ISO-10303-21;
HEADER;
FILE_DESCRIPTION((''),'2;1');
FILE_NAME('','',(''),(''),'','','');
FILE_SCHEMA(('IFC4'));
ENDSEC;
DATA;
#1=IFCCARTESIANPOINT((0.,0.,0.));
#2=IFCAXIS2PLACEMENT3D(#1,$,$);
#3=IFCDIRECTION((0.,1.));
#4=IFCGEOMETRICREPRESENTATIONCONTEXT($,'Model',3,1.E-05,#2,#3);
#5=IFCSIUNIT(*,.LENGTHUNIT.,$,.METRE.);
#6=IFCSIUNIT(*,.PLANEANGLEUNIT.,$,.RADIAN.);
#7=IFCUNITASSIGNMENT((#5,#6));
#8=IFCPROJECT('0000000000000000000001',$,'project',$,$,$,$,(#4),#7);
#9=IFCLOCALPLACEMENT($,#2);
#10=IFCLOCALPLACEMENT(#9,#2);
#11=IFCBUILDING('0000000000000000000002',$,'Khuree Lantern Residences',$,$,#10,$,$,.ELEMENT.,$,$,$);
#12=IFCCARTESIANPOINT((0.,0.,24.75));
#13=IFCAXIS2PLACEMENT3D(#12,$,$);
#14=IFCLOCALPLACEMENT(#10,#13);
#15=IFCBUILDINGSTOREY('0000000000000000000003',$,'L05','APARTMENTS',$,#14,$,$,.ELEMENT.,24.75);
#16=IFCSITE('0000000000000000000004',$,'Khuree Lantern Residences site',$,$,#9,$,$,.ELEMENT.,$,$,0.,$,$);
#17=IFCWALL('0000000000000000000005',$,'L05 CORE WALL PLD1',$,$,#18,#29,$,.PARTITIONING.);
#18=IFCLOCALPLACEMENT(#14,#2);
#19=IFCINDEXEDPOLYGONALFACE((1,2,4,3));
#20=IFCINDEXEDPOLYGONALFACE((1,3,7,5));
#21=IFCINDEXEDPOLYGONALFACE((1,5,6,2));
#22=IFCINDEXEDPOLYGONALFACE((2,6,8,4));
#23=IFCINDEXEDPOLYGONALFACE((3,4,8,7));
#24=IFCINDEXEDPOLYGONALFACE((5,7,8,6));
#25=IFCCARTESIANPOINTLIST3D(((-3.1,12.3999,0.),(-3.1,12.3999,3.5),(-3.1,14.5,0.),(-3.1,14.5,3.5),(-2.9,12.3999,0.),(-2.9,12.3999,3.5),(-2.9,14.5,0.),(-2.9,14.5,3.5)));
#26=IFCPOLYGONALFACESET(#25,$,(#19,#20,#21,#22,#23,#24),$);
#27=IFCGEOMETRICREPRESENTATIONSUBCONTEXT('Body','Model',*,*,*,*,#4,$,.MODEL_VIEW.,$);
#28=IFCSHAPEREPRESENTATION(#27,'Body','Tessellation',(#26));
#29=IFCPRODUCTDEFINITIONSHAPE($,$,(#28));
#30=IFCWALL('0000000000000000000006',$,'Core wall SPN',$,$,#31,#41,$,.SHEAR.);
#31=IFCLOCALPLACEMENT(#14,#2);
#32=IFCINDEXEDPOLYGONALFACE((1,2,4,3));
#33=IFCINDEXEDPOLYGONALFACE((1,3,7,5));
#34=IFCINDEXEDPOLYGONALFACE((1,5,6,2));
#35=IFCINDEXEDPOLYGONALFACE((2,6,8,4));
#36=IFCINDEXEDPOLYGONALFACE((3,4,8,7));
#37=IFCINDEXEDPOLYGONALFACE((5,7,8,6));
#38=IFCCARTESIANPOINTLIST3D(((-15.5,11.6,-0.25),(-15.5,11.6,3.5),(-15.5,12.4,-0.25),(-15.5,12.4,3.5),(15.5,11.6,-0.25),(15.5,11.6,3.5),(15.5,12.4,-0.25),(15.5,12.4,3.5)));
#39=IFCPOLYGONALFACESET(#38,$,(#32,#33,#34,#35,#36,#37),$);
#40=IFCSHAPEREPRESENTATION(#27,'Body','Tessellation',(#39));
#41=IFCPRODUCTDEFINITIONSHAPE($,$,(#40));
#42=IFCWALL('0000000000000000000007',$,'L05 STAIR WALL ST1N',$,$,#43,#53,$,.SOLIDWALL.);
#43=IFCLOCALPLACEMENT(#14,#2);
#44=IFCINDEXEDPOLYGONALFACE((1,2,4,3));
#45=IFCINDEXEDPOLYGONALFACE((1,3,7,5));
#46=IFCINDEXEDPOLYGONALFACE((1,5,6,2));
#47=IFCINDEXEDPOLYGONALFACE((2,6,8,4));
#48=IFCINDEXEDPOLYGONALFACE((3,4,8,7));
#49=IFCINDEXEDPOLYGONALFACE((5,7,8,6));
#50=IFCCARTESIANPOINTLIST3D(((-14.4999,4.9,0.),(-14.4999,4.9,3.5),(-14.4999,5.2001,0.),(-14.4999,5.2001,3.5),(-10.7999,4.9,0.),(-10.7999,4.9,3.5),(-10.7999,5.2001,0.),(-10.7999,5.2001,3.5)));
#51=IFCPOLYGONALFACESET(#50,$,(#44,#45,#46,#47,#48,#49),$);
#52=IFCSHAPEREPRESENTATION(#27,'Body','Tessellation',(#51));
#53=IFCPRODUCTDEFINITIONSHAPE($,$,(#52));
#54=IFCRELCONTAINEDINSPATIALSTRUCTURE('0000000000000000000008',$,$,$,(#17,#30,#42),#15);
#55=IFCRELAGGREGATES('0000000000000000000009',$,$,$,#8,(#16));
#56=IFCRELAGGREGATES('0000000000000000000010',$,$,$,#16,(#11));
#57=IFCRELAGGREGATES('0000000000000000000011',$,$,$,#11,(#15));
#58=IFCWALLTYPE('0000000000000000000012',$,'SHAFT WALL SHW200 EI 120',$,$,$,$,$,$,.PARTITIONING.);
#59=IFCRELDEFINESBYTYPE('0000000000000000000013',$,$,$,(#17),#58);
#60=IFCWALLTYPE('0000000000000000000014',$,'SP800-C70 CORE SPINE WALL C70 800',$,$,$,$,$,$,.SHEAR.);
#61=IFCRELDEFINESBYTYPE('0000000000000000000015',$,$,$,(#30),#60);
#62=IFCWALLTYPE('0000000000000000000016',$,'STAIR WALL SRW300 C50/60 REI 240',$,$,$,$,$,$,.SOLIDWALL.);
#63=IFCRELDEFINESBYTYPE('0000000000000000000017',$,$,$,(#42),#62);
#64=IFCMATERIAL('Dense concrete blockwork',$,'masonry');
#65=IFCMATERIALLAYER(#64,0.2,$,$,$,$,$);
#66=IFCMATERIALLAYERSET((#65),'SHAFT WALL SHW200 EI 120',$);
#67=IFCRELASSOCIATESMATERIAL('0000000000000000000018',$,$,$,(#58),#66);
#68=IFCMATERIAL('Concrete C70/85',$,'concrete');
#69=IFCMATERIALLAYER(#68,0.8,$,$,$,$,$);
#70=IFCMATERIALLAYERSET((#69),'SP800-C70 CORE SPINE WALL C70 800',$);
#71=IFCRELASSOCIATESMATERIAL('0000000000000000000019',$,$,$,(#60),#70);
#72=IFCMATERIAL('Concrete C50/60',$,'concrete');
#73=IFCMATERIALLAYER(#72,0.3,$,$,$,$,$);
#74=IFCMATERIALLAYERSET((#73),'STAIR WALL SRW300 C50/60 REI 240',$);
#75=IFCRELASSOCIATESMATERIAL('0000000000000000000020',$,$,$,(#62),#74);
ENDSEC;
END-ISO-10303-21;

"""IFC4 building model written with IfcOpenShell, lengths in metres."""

from ifc_helpers import new_model, si_unit, direction, frame, frame_2d, origin, place, context, subcontext, project, spatial, rectangle, extrude, material, layer, layer_set, type_object, element, save


model = new_model("IFC4")

# Units and contexts
model_context = context("Model", 3, precision=1e-05, world=origin(), true_north=direction((0.0, 1.0)))
body_context = subcontext(model_context, "Body", "Model", "MODEL_VIEW")
ifc_project = project(units=[si_unit("LENGTHUNIT", "METRE"), si_unit("PLANEANGLEUNIT", "RADIAN")], contexts=[model_context])

# Site, building, storey
site_placement = place(None, origin())
site = spatial("IfcSite", under=ifc_project, at=site_placement, Name="Khuree Lantern Residences site", CompositionType="ELEMENT", RefElevation=0.0)
building_placement = place(site_placement, origin())
building = spatial("IfcBuilding", under=site, at=building_placement, Name="Khuree Lantern Residences", CompositionType="ELEMENT")
storey_placement = place(building_placement, frame((0.0, 0.0, 24.75)))
storey = spatial("IfcBuildingStorey", under=building, at=storey_placement, Name="L05", Description="APARTMENTS", CompositionType="ELEMENT", Elevation=24.75)

# Shared definitions
ifc_material_1 = material(Name="Dense concrete blockwork", Category="masonry")

# Walls
ifc_layer_1 = layer(ifc_material_1, 0.2)
ifc_layer_set_1 = layer_set([ifc_layer_1], Name="SHAFT WALL SHW200 EI 120")
wall_type_1 = type_object("IfcWallType", Name="SHAFT WALL SHW200 EI 120", PredefinedType="PARTITIONING", material=ifc_layer_set_1)
wall_1_placement = place(storey_placement, frame((-3.0, 12.3999, 0.0), z_axis=(0.0, 0.0, 1.0), x_axis=(0.0, 1.0, 0.0)))
element("IfcWall", 1, at=wall_1_placement, inside=storey, type_object=wall_type_1, Name="L05 CORE WALL PLD1", PredefinedType="PARTITIONING", context=body_context, shape_type="SweptSolid", body=[
    extrude(rectangle(XDim=2.1001, YDim=0.2, at=frame_2d((1.05, 0.0))), origin(), (0.0, 0.0, 1.0), 3.5),
])
ifc_material_2 = material(Name="Concrete C70/85", Category="concrete")
ifc_layer_2 = layer(ifc_material_2, 0.8)
ifc_layer_set_2 = layer_set([ifc_layer_2], Name="SP800-C70 CORE SPINE WALL C70 800")
wall_type_2 = type_object("IfcWallType", Name="SP800-C70 CORE SPINE WALL C70 800", PredefinedType="SHEAR", material=ifc_layer_set_2)
wall_2_placement = place(storey_placement, frame((-15.5, 12.0, -0.25), z_axis=(0.0, 0.0, 1.0), x_axis=(1.0, 0.0, 0.0)))
element("IfcWall", 2, at=wall_2_placement, inside=storey, type_object=wall_type_2, Name="Core wall SPN", PredefinedType="SHEAR", context=body_context, shape_type="SweptSolid", body=[
    extrude(rectangle(XDim=31.0, YDim=0.8, at=frame_2d((15.5, 0.0))), origin(), (0.0, 0.0, 1.0), 3.75),
])
ifc_material_3 = material(Name="Concrete C50/60", Category="concrete")
ifc_layer_3 = layer(ifc_material_3, 0.3)
ifc_layer_set_3 = layer_set([ifc_layer_3], Name="STAIR WALL SRW300 C50/60 REI 240")
wall_type_3 = type_object("IfcWallType", Name="STAIR WALL SRW300 C50/60 REI 240", PredefinedType="SOLIDWALL", material=ifc_layer_set_3)
wall_3_placement = place(storey_placement, frame((-14.5, 5.05, 0.0), z_axis=(0.0, 0.0, 1.0), x_axis=(1.0, 0.0, 0.0)))
element("IfcWall", 3, at=wall_3_placement, inside=storey, type_object=wall_type_3, Name="L05 STAIR WALL ST1N", PredefinedType="SOLIDWALL", context=body_context, shape_type="SweptSolid", body=[
    extrude(rectangle(XDim=3.7, YDim=0.3, at=frame_2d((1.8501, 0.0))), origin(), (0.0, 0.0, 1.0), 3.5),
])

save(model, "model.ifc")
